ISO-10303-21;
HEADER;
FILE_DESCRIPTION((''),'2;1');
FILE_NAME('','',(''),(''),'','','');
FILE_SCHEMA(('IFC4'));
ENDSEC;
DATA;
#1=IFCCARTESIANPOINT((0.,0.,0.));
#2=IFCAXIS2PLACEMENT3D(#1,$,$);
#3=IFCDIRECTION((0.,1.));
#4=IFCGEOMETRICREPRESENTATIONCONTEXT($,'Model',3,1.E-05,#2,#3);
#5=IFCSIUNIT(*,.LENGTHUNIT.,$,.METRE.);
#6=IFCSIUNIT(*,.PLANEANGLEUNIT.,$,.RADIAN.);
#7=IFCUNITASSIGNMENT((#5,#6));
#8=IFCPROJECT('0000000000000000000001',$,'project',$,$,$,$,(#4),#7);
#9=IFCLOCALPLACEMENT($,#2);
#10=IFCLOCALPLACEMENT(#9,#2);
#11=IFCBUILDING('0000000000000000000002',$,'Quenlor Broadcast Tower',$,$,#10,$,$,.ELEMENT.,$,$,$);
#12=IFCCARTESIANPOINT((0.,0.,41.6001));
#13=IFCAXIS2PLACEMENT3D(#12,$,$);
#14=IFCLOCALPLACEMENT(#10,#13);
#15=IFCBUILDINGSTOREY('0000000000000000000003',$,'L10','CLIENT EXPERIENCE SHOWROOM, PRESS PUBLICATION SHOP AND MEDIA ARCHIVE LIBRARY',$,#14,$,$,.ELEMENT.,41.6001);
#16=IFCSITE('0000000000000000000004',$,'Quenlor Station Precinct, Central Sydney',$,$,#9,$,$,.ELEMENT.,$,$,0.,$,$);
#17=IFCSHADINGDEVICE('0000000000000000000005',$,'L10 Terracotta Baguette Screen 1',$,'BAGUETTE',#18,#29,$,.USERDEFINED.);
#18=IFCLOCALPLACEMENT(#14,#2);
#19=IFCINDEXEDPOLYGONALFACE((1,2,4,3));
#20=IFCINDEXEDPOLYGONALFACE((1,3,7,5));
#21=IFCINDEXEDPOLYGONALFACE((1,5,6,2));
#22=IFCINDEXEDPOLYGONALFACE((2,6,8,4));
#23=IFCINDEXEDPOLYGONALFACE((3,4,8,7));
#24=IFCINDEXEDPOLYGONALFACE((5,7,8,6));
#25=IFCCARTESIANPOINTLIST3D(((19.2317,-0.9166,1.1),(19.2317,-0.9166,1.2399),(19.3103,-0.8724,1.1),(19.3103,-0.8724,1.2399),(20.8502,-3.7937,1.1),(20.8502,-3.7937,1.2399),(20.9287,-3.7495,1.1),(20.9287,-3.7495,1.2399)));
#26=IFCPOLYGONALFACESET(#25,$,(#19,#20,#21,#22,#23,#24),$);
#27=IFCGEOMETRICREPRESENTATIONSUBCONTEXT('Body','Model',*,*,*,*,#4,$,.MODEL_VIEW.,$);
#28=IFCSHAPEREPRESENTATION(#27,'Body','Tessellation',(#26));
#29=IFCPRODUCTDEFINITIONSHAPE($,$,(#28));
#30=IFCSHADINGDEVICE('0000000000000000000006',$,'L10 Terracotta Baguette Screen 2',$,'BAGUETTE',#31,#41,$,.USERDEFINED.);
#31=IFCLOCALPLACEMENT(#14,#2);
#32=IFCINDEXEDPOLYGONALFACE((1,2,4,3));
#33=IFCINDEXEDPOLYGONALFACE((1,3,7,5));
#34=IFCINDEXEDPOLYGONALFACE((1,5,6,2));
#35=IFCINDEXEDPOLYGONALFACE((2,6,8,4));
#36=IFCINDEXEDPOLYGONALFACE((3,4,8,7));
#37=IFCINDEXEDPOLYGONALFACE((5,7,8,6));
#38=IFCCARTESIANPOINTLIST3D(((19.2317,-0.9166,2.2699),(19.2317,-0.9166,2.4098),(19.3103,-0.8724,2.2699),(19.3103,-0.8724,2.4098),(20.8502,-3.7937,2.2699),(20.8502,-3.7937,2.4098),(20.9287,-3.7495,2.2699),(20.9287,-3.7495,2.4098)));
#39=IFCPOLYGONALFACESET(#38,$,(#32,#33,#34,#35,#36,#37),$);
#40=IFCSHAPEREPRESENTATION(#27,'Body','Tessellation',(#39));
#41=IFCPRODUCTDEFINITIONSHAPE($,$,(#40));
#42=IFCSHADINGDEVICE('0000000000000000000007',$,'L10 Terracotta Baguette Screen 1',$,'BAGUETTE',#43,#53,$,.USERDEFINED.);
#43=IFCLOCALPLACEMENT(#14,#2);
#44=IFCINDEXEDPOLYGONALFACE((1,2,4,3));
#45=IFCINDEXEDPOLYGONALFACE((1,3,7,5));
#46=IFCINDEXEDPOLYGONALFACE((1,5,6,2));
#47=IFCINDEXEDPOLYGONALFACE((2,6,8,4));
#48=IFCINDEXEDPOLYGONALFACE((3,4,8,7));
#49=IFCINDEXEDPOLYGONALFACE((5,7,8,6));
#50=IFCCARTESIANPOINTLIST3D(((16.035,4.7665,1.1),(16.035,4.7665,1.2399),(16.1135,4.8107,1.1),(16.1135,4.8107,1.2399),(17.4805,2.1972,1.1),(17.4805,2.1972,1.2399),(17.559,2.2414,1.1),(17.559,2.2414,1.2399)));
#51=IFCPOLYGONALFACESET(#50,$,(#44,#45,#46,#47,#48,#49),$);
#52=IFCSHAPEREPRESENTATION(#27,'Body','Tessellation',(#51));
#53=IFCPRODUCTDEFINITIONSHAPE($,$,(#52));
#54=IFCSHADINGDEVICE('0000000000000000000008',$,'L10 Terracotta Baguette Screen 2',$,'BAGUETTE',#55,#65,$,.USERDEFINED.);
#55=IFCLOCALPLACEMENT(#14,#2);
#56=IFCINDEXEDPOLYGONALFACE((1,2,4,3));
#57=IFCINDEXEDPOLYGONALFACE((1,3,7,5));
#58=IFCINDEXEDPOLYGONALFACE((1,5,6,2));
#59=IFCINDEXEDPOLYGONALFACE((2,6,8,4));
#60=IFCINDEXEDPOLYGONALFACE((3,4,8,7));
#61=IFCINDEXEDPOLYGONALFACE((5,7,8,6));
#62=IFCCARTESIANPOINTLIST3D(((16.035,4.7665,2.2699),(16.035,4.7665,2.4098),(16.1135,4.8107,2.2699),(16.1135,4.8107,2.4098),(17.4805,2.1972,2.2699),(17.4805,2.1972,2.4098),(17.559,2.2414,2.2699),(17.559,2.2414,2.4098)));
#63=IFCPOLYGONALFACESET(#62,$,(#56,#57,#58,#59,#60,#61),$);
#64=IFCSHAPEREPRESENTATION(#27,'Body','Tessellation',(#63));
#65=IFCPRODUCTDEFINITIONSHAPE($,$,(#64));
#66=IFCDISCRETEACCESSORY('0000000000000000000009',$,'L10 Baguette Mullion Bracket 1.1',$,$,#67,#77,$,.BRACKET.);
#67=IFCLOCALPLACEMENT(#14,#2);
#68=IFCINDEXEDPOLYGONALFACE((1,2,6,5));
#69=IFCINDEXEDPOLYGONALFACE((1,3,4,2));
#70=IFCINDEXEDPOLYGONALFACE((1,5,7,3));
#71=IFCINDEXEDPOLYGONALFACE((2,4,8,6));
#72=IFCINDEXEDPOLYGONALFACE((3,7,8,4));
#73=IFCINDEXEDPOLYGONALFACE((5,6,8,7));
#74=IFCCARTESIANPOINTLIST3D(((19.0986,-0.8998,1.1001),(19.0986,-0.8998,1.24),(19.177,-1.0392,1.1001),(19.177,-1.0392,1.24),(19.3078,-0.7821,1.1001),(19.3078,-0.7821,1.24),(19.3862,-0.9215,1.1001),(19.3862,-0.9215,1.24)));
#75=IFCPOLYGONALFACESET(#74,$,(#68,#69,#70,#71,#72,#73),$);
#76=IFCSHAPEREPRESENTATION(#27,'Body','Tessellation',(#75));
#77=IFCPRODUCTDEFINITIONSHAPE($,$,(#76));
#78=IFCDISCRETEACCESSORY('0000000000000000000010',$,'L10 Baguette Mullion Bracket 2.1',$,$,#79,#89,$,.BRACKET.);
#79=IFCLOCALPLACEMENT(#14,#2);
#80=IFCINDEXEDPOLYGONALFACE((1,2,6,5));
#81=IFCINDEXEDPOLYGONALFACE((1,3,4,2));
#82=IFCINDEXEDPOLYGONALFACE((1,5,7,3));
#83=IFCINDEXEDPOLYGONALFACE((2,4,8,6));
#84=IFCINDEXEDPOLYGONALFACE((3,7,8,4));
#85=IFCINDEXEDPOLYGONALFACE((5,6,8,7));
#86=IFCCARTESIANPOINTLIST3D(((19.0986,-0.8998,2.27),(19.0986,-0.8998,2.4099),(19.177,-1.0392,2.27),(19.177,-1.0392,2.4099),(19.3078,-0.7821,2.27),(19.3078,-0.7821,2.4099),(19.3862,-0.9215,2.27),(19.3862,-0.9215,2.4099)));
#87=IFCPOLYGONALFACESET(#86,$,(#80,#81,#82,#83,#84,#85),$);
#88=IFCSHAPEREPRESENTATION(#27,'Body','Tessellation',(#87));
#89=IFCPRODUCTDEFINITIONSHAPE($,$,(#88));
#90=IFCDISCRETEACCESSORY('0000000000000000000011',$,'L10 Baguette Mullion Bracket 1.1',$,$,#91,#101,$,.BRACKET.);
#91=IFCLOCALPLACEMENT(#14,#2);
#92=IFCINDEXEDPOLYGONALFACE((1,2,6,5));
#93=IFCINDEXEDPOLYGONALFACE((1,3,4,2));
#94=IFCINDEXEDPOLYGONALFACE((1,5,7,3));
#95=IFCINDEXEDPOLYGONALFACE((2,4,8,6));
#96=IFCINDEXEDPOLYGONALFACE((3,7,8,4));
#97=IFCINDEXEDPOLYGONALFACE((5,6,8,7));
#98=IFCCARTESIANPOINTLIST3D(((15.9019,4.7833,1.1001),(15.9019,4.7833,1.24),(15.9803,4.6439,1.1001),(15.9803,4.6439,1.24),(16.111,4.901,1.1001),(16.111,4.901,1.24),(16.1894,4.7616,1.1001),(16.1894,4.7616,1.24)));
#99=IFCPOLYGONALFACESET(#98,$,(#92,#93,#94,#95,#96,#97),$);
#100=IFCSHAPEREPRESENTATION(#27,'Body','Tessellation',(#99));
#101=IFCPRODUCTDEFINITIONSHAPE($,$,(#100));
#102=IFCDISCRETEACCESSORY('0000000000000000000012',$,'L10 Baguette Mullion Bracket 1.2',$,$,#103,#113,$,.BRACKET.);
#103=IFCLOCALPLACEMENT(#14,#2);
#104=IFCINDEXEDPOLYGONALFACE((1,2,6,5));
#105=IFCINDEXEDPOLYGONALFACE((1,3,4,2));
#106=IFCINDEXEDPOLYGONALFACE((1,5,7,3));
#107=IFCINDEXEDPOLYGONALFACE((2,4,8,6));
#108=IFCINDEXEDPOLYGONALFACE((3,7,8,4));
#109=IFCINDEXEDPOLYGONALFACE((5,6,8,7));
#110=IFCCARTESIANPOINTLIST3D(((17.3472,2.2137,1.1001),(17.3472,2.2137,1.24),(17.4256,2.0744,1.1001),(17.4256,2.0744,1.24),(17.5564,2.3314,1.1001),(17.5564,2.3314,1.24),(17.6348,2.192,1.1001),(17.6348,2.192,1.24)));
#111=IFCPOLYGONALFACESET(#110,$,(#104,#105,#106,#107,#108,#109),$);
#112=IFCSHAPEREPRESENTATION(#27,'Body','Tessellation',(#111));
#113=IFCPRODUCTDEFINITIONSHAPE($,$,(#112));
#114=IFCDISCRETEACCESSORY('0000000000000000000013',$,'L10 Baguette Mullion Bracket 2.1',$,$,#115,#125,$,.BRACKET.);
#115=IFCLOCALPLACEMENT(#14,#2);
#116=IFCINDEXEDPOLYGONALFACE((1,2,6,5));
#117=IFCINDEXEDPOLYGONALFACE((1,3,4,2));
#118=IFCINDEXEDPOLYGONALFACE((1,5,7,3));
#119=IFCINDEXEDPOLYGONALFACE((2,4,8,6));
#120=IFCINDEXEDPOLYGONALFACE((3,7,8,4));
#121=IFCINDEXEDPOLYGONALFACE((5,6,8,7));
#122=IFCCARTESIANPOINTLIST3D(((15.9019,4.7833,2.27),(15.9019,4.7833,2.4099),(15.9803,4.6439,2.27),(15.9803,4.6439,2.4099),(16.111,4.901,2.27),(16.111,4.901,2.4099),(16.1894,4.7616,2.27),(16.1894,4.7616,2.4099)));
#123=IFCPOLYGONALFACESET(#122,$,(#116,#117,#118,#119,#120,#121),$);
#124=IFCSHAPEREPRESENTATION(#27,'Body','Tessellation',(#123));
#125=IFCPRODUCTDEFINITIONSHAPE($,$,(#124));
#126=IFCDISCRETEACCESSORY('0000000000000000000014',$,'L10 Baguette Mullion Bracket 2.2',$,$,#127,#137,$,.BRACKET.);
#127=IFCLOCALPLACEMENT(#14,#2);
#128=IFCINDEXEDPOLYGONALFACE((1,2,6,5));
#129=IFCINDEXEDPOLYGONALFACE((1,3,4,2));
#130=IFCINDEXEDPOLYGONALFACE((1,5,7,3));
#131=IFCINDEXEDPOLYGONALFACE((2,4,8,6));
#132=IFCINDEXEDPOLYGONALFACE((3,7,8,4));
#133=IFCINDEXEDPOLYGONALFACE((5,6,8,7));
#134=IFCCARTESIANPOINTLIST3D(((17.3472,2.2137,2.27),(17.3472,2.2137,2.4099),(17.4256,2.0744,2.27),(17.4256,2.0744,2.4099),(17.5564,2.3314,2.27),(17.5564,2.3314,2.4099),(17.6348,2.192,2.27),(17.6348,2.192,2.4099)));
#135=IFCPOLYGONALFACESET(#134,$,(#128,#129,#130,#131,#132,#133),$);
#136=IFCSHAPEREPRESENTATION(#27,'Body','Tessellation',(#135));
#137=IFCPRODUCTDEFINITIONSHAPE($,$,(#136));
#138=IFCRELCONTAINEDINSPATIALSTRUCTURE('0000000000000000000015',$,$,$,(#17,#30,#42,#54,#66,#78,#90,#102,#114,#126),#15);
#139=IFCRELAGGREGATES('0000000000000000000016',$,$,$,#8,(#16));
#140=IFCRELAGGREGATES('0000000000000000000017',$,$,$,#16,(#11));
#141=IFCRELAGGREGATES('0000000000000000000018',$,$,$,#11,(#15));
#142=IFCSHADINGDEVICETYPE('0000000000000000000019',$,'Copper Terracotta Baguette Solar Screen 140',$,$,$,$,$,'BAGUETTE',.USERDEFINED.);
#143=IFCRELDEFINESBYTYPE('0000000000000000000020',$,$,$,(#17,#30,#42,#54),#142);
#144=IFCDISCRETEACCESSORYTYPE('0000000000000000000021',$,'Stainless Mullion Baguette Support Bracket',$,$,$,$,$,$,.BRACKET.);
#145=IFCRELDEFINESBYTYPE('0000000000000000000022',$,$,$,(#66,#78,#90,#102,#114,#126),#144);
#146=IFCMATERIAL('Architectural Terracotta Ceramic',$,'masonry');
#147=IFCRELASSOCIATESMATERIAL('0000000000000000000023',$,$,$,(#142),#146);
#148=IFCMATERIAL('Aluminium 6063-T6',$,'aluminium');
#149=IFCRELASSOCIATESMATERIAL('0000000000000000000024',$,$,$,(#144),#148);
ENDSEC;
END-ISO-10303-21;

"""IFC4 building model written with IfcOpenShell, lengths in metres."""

from ifc_helpers import new_model, si_unit, direction, frame, origin, origin_2d, place, context, subcontext, project, spatial, rectangle, extrude, material, material_profile, profile_set, type_object, element, save


model = new_model("IFC4")

# Units and contexts
model_context = context("Model", 3, precision=1e-05, world=origin(), true_north=direction((0.0, 1.0)))
body_context = subcontext(model_context, "Body", "Model", "MODEL_VIEW")
ifc_project = project(units=[si_unit("LENGTHUNIT", "METRE"), si_unit("PLANEANGLEUNIT", "RADIAN")], contexts=[model_context])

# Site, building, storey
site_placement = place(None, origin())
site = spatial("IfcSite", under=ifc_project, at=site_placement, Name="Quenlor Station Precinct, Central Sydney", CompositionType="ELEMENT", RefElevation=0.0)
building_placement = place(site_placement, origin())
building = spatial("IfcBuilding", under=site, at=building_placement, Name="Quenlor Broadcast Tower", CompositionType="ELEMENT")
storey_placement = place(building_placement, frame((0.0, 0.0, 41.6001)))
storey = spatial("IfcBuildingStorey", under=building, at=storey_placement, Name="L10", Description="CLIENT EXPERIENCE SHOWROOM, PRESS PUBLICATION SHOP AND MEDIA ARCHIVE LIBRARY", CompositionType="ELEMENT", Elevation=41.6001)

# Shading devices
ifc_material_1 = material(Name="Architectural Terracotta Ceramic", Category="masonry")
ifc_material_profile_1 = material_profile(ifc_material_1, rectangle(XDim=0.0901, YDim=0.1399, at=origin_2d()))
ifc_profile_set_1 = profile_set([ifc_material_profile_1], Name="Architectural Terracotta Ceramic BAG90x140")
shading_device_type = type_object("IfcShadingDeviceType", Name="Copper Terracotta Baguette Solar Screen 140", ElementType="BAGUETTE", PredefinedType="USERDEFINED", material=ifc_profile_set_1)
for number, where, z_axis, x_axis, name in (
    (1, (19.271, -0.8945, 1.1699), (0.490289, -0.87156, 0.0), (0.87156, 0.490289, 0.0), "L10 Terracotta Baguette Screen 1"),
    (2, (19.271, -0.8945, 2.3398), (0.490289, -0.87156, 0.0), (0.87156, 0.490289, 0.0), "L10 Terracotta Baguette Screen 2"),
):
    element("IfcShadingDevice", number, at=place(storey_placement, frame(where, z_axis=z_axis, x_axis=x_axis)), inside=storey, type_object=shading_device_type, Name=name, ObjectType="BAGUETTE", PredefinedType="USERDEFINED", context=body_context, shape_type="SweptSolid", body=[
        extrude(rectangle(XDim=0.0901, YDim=0.1399, at=origin_2d()), origin(), (0.0, 0.0, 1.0), 3.301),
    ])
for number, where, z_axis, x_axis, name in (
    (3, (16.0742, 4.7886, 1.1699), (0.49034, -0.871531, 0.0), (0.871531, 0.49034, 0.0), "L10 Terracotta Baguette Screen 1"),
    (4, (16.0742, 4.7886, 2.3398), (0.49034, -0.871531, 0.0), (0.871531, 0.49034, 0.0), "L10 Terracotta Baguette Screen 2"),
):
    element("IfcShadingDevice", number, at=place(storey_placement, frame(where, z_axis=z_axis, x_axis=x_axis)), inside=storey, type_object=shading_device_type, Name=name, ObjectType="BAGUETTE", PredefinedType="USERDEFINED", context=body_context, shape_type="SweptSolid", body=[
        extrude(rectangle(XDim=0.0901, YDim=0.1399, at=origin_2d()), origin(), (0.0, 0.0, 1.0), 2.948),
    ])

# Discrete accessories
ifc_material_2 = material(Name="Aluminium 6063-T6", Category="aluminium")
discrete_accessory_type = type_object("IfcDiscreteAccessoryType", Name="Stainless Mullion Baguette Support Bracket", PredefinedType="BRACKET", material=ifc_material_2)
for number, where, z_axis, x_axis, name in (
    (5, (19.2424, -0.9106, 1.1001), (0.0, 0.0, 1.0), (0.490257, -0.871578, 0.0), "L10 Baguette Mullion Bracket 1.1"),
    (6, (19.2424, -0.9106, 2.27), (0.0, 0.0, 1.0), (0.490257, -0.871578, 0.0), "L10 Baguette Mullion Bracket 2.1"),
    (7, (16.0457, 4.7725, 1.1001), (0.0, 0.0, 1.0), (0.490274, -0.871568, 0.0), "L10 Baguette Mullion Bracket 1.1"),
    (8, (17.491, 2.2029, 1.1001), (0.0, 0.0, 1.0), (0.490274, -0.871568, 0.0), "L10 Baguette Mullion Bracket 1.2"),
    (9, (16.0457, 4.7725, 2.27), (0.0, 0.0, 1.0), (0.490274, -0.871568, 0.0), "L10 Baguette Mullion Bracket 2.1"),
    (10, (17.491, 2.2029, 2.27), (0.0, 0.0, 1.0), (0.490274, -0.871568, 0.0), "L10 Baguette Mullion Bracket 2.2"),
):
    element("IfcDiscreteAccessory", number, at=place(storey_placement, frame(where, z_axis=z_axis, x_axis=x_axis)), inside=storey, type_object=discrete_accessory_type, Name=name, PredefinedType="BRACKET", context=body_context, shape_type="SweptSolid", body=[
        extrude(rectangle(XDim=0.1599, YDim=0.24, at=origin_2d()), origin(), (0.0, 0.0, 1.0), 0.1399),
    ])

save(model, "model.ifc")
